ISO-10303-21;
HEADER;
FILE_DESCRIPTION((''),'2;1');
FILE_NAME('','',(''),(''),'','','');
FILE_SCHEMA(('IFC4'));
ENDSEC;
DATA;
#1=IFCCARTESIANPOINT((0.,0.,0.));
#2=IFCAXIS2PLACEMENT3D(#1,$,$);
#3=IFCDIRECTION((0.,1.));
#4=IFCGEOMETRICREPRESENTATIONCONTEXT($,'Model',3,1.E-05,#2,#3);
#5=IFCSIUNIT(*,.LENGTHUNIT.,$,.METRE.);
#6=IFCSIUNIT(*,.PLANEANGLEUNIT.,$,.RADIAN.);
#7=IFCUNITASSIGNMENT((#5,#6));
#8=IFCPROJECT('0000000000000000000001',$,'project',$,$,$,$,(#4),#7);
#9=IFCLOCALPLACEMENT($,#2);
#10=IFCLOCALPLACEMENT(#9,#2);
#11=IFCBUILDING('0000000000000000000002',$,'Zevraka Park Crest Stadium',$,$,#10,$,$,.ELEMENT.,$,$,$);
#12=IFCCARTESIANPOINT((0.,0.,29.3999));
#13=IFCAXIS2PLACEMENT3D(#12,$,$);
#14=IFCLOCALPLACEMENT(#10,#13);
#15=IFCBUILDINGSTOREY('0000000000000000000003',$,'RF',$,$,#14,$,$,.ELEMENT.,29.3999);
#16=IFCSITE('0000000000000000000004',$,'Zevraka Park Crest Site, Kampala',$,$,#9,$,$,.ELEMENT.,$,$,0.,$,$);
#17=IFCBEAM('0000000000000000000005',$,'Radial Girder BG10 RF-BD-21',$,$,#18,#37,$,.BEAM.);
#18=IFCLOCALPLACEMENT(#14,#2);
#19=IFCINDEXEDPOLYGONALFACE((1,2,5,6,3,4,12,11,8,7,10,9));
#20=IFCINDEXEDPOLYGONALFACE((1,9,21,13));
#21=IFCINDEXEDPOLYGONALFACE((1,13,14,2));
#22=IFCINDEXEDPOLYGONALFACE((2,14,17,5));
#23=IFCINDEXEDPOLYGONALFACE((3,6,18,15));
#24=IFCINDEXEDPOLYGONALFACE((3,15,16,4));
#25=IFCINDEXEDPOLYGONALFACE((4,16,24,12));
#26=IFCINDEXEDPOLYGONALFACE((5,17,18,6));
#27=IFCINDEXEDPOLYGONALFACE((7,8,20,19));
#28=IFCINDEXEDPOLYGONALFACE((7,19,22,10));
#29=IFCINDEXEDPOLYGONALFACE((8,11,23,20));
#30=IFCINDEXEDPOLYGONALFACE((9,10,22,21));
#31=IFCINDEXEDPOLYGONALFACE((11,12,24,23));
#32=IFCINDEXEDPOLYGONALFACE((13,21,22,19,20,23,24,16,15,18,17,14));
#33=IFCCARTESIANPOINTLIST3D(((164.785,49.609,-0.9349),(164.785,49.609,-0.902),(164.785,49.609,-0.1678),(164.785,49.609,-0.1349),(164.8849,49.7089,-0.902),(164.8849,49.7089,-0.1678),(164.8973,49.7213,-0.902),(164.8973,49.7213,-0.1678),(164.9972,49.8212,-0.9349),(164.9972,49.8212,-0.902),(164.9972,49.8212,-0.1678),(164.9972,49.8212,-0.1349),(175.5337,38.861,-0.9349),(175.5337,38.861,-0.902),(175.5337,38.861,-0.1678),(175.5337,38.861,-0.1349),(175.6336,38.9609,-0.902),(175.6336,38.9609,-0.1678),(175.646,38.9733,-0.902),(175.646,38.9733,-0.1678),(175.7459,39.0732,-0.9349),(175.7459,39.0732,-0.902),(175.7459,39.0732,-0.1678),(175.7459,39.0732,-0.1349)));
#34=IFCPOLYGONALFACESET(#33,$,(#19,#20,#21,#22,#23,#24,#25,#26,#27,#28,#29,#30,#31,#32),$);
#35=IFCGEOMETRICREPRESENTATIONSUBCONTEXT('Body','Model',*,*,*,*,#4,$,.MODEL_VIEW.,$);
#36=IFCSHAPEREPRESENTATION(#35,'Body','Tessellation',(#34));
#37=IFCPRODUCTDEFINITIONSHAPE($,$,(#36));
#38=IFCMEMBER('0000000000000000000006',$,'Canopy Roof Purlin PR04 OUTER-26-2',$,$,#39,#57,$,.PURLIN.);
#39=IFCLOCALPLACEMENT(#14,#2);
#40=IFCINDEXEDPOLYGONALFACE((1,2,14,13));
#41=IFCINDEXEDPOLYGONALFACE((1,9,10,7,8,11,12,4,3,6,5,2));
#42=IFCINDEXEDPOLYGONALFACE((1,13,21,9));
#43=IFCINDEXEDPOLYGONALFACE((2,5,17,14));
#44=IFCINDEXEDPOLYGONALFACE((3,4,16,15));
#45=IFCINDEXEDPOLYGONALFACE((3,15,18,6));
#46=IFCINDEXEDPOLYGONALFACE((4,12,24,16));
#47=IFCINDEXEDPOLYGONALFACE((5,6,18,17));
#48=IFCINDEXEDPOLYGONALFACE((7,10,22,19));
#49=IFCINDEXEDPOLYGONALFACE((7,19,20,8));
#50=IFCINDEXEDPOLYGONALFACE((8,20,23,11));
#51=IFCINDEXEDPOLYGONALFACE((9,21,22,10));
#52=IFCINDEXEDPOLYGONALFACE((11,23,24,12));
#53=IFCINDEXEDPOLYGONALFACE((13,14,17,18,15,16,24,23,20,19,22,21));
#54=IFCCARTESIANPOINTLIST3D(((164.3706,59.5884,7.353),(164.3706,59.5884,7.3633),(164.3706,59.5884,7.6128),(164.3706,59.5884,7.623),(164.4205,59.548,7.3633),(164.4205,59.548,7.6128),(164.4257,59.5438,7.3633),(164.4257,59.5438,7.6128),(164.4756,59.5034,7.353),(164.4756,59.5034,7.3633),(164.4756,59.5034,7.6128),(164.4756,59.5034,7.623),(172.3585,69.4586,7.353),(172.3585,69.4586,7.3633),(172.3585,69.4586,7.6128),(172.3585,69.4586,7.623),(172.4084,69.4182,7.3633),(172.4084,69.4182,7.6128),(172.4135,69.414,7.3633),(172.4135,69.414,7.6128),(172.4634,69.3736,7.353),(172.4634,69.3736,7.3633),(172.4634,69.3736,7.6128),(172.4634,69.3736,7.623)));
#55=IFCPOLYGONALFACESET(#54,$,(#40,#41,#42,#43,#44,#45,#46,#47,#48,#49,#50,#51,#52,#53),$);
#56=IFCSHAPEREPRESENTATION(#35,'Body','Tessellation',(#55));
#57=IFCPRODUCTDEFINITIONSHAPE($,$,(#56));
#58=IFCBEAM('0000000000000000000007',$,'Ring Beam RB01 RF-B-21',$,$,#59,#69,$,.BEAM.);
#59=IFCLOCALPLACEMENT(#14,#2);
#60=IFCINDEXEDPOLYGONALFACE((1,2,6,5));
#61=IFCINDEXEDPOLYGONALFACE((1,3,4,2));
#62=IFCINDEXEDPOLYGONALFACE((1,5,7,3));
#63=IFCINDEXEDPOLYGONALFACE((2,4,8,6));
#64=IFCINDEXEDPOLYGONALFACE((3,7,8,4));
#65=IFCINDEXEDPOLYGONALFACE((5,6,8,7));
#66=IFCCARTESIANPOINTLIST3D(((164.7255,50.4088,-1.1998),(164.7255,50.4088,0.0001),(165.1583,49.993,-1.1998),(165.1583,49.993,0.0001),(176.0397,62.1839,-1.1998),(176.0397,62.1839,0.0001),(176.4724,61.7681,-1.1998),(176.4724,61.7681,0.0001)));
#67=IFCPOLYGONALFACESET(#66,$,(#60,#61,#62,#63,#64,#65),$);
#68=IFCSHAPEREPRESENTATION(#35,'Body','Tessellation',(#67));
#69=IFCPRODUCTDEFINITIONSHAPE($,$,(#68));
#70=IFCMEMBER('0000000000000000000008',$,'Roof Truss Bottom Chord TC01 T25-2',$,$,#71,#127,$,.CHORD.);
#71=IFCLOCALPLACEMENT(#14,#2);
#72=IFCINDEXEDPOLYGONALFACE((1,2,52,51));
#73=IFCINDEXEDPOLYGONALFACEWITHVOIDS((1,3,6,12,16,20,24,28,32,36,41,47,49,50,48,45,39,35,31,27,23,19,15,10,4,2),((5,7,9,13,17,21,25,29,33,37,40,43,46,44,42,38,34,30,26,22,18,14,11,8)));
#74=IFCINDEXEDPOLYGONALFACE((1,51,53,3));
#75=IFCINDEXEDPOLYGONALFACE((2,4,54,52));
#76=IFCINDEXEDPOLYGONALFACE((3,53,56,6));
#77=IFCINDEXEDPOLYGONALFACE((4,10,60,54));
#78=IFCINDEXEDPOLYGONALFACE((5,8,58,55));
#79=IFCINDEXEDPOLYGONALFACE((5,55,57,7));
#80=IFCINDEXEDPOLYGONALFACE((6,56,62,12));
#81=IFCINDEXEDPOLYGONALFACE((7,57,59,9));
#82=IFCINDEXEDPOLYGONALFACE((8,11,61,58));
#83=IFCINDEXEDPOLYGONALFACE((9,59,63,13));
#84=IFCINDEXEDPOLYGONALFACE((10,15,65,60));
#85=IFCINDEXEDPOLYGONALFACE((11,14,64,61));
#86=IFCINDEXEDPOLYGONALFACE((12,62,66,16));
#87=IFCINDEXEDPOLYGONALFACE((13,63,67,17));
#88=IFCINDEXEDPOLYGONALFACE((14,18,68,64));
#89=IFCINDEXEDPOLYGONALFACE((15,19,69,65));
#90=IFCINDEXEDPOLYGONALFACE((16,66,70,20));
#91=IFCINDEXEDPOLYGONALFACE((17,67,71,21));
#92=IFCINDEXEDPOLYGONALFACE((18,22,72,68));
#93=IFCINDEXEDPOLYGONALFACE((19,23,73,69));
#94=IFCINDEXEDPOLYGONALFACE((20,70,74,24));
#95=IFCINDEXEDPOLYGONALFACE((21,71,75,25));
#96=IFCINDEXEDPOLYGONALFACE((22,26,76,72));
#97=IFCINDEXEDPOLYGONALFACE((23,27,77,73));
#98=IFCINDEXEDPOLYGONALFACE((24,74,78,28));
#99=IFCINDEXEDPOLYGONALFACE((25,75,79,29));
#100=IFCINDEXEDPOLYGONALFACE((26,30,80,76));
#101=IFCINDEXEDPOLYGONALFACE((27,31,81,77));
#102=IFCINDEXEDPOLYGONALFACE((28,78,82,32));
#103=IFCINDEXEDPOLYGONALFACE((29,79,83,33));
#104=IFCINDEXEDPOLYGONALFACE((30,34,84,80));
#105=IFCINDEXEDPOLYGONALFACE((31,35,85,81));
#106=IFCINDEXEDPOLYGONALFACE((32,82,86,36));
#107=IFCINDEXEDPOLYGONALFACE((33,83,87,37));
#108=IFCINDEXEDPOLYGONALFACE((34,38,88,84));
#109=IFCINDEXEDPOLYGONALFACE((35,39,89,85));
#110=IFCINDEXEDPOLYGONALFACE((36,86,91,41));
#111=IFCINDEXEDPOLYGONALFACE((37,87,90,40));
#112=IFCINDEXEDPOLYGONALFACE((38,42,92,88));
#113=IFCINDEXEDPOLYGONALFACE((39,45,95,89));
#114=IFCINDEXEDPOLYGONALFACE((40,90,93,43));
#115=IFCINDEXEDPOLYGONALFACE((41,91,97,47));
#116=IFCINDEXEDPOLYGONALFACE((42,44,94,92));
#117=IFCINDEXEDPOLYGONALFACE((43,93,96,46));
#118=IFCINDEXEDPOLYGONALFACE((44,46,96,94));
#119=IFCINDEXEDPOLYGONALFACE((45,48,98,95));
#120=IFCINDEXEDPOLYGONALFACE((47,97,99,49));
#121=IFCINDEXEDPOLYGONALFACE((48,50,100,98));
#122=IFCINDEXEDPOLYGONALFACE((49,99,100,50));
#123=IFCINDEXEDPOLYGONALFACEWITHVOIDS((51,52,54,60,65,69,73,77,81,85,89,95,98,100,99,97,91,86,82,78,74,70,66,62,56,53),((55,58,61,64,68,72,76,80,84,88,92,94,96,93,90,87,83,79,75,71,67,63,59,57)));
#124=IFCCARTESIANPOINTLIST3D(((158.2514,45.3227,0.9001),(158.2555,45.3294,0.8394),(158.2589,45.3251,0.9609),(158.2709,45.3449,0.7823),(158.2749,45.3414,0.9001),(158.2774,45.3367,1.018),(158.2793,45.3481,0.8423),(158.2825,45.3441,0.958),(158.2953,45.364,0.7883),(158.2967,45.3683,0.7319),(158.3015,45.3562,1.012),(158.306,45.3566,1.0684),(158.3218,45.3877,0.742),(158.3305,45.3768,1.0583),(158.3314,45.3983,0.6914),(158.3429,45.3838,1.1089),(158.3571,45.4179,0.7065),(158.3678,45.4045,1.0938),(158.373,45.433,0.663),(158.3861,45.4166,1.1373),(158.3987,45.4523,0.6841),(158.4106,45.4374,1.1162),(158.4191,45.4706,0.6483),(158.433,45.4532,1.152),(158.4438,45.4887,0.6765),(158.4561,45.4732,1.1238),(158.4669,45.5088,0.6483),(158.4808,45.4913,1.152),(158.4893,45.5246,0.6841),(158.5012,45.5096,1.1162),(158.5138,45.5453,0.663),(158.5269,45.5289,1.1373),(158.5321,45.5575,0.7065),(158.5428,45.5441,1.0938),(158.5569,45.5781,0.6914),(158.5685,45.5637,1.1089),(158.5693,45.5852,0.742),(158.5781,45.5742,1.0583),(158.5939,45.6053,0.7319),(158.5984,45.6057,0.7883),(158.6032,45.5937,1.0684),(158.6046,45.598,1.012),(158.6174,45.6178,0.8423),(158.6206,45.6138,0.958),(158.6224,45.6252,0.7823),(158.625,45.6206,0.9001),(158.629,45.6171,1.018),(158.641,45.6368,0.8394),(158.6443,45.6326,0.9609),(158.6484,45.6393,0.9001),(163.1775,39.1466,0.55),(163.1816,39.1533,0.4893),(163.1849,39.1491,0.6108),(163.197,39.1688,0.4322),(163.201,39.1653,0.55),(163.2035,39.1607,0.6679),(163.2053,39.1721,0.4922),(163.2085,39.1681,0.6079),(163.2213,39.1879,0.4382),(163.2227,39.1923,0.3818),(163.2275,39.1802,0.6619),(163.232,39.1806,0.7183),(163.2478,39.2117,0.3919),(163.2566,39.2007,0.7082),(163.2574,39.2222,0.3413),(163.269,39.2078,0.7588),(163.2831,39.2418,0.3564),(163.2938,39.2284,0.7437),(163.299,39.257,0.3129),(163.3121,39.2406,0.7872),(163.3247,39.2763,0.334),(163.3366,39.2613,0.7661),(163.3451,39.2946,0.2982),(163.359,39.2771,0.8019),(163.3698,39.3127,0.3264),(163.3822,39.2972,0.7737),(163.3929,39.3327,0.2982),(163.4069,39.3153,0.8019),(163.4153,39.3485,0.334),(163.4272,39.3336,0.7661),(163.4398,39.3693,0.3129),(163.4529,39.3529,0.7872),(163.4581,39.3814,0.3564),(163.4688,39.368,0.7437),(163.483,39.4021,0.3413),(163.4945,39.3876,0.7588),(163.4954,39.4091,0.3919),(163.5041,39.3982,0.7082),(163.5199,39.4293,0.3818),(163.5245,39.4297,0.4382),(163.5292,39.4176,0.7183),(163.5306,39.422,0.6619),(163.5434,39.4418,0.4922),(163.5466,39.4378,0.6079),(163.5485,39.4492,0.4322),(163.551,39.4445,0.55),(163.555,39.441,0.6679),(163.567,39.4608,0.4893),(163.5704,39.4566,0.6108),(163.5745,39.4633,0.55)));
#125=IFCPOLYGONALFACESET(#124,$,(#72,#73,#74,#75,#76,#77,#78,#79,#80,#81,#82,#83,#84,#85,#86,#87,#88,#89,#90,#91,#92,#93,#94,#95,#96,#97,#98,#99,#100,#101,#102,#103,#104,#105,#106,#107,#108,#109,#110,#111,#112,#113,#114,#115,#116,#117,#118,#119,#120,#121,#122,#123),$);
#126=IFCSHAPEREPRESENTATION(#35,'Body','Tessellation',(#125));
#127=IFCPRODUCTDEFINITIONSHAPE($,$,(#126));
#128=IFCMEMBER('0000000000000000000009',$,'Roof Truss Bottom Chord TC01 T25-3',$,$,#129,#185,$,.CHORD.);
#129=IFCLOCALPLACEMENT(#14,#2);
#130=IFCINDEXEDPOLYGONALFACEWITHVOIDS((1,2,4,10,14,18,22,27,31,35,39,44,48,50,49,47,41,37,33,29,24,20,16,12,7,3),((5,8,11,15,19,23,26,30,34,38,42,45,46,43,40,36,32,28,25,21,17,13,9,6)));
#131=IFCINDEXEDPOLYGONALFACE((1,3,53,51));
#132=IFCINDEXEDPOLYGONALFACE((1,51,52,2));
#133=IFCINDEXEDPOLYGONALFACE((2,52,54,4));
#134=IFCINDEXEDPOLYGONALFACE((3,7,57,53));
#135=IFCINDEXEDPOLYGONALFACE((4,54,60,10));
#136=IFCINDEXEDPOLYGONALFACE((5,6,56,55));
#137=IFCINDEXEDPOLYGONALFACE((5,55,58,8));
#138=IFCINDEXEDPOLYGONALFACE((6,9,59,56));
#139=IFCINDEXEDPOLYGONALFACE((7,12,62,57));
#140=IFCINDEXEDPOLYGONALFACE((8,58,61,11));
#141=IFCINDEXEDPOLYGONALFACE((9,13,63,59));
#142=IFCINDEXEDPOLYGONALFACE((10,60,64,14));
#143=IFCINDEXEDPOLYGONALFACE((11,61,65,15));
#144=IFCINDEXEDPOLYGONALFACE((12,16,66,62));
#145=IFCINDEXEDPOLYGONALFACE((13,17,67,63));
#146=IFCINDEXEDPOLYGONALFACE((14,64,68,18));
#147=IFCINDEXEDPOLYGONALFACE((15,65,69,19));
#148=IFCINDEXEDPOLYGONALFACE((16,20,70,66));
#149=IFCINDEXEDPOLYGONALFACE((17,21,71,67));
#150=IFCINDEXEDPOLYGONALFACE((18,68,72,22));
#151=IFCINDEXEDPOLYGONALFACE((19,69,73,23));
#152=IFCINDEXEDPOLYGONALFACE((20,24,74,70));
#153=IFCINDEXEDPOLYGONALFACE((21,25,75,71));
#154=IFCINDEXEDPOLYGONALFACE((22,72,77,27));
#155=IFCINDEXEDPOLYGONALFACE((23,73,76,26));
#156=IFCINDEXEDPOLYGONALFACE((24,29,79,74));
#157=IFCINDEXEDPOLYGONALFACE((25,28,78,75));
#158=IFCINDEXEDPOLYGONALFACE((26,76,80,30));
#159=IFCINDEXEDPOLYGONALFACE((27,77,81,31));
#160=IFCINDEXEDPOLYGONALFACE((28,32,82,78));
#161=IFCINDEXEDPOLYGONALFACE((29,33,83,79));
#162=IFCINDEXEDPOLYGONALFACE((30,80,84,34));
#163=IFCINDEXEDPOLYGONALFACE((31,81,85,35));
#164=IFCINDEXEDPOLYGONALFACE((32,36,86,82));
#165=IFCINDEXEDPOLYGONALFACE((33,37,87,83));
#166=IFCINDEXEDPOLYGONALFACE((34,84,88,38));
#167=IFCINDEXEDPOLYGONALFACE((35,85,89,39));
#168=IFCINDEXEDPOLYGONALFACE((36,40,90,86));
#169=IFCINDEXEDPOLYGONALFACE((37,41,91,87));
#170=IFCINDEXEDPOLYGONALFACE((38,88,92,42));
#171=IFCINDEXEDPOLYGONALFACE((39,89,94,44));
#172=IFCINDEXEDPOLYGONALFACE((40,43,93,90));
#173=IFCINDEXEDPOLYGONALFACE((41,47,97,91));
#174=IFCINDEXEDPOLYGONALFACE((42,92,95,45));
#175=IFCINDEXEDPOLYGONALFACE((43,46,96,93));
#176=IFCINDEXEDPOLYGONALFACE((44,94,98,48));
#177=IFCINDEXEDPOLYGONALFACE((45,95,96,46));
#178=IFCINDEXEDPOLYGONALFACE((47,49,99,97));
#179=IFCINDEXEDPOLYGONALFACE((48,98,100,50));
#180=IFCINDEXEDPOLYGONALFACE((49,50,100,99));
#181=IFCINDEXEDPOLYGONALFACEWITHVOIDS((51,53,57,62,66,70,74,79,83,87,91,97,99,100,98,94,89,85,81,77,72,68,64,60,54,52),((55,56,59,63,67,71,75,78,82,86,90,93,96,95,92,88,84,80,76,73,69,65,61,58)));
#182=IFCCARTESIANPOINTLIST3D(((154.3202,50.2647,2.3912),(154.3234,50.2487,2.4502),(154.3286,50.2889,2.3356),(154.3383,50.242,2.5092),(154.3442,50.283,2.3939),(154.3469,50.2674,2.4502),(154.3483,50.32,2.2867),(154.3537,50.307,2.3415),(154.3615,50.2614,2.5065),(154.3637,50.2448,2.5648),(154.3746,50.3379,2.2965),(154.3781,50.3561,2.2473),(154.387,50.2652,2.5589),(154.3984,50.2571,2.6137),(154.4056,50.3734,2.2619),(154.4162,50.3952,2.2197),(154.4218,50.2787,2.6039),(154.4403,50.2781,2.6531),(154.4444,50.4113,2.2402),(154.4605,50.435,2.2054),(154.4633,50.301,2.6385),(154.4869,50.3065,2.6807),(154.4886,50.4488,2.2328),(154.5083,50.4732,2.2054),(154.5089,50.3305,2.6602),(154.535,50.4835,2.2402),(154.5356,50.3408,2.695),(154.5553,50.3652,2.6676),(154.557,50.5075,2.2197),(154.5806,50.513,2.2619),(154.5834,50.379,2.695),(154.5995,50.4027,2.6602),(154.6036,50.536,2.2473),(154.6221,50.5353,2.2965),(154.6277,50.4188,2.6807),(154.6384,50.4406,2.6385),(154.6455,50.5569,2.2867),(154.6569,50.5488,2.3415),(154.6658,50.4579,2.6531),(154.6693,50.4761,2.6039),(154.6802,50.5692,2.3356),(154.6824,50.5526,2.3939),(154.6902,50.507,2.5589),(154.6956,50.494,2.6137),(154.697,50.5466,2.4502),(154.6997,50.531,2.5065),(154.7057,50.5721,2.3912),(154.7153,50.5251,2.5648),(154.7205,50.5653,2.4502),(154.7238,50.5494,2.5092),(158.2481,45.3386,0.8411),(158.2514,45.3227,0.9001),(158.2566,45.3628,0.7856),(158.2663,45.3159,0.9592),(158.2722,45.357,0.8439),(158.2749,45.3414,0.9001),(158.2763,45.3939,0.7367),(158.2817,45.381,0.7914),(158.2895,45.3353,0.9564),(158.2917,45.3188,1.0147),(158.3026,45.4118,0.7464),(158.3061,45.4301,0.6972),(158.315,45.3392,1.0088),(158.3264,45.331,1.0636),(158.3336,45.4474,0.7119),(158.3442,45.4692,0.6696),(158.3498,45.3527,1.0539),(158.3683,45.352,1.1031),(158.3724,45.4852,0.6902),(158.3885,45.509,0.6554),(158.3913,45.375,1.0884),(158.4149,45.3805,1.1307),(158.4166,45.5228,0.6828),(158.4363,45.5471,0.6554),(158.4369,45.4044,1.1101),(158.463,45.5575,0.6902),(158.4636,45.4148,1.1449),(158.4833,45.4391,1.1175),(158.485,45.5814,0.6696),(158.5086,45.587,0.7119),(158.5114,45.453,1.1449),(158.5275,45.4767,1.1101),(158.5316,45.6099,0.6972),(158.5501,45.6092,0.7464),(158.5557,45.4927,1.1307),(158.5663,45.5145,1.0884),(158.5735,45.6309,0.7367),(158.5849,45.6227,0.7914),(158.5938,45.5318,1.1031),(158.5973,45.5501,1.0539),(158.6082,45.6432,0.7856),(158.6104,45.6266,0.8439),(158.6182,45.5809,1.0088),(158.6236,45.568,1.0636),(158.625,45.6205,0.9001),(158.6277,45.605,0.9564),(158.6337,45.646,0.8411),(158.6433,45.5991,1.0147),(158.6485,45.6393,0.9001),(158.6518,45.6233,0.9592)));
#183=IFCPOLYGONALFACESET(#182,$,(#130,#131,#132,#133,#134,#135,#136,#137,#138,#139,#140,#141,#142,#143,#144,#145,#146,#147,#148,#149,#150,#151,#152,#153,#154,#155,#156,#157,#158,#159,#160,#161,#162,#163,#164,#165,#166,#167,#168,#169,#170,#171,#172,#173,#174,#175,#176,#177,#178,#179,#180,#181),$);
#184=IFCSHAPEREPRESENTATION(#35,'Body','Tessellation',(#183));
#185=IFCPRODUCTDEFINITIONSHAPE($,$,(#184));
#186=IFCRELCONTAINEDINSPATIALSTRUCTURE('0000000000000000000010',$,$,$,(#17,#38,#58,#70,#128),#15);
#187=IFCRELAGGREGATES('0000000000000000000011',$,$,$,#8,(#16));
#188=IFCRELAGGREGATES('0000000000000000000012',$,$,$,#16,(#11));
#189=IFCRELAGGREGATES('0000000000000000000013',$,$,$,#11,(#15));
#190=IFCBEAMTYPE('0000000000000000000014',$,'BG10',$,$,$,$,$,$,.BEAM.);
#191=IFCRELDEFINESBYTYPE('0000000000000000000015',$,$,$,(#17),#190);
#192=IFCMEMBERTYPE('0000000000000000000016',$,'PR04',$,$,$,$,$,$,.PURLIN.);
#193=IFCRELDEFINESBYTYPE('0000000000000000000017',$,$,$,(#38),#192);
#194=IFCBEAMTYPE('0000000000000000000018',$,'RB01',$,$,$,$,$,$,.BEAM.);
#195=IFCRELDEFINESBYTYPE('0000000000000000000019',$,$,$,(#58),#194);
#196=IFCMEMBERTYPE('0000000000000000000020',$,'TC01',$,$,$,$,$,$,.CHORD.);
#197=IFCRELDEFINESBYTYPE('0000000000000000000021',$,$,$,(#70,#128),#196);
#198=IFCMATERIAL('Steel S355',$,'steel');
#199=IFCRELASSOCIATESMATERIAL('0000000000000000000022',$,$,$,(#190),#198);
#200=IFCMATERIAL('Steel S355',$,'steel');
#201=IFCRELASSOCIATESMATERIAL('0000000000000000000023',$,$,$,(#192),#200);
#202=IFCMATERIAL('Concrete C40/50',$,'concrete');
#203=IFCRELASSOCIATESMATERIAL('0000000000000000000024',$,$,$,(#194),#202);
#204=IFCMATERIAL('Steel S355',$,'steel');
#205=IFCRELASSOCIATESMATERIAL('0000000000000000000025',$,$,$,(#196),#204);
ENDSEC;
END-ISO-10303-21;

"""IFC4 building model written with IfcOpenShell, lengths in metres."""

from ifc_helpers import new_model, si_unit, direction, frame, origin, origin_2d, place, context, subcontext, project, spatial, rectangle, hollow_circle, i_section, extrude, material, material_profile, profile_set, type_object, element, save


model = new_model("IFC4")

# Units and contexts
model_context = context("Model", 3, precision=1e-05, world=origin(), true_north=direction((0.0, 1.0)))
body_context = subcontext(model_context, "Body", "Model", "MODEL_VIEW")
ifc_project = project(units=[si_unit("LENGTHUNIT", "METRE"), si_unit("PLANEANGLEUNIT", "RADIAN")], contexts=[model_context])

# Site, building, storey
site_placement = place(None, origin())
site = spatial("IfcSite", under=ifc_project, at=site_placement, Name="Zevraka Park Crest Site, Kampala", CompositionType="ELEMENT", RefElevation=0.0)
building_placement = place(site_placement, origin())
building = spatial("IfcBuilding", under=site, at=building_placement, Name="Zevraka Park Crest Stadium", CompositionType="ELEMENT")
storey_placement = place(building_placement, frame((0.0, 0.0, 29.3999)))
storey = spatial("IfcBuildingStorey", under=building, at=storey_placement, Name="RF", CompositionType="ELEMENT", Elevation=29.3999)

# Beam
ifc_material_1 = material(Name="Steel S355", Category="steel")
ifc_material_profile_1 = material_profile(ifc_material_1, i_section(OverallWidth=0.3, OverallDepth=0.8, WebThickness=0.0176, FlangeThickness=0.033, at=origin_2d()), Name="HEB 800")
ifc_profile_set_1 = profile_set([ifc_material_profile_1], Name="Steel S355")
beam_type_1 = type_object("IfcBeamType", Name="BG10", PredefinedType="BEAM", material=ifc_profile_set_1)
beam_1_placement = place(storey_placement, frame((164.8911, 49.7151, -0.5349), z_axis=(0.707131, -0.707083, 0.0), x_axis=(0.707083, 0.707131, 0.0)))
element("IfcBeam", 1, at=beam_1_placement, inside=storey, type_object=beam_type_1, Name="Radial Girder BG10 RF-BD-21", PredefinedType="BEAM", context=body_context, shape_type="SweptSolid", body=[
    extrude(i_section(OverallWidth=0.3, OverallDepth=0.8, WebThickness=0.0176, FlangeThickness=0.033, at=origin_2d()), origin(), (0.0, 0.0, 1.0), 15.2004),
])

# Member
ifc_material_2 = material(Name="Steel S355", Category="steel")
ifc_material_profile_2 = material_profile(ifc_material_2, i_section(OverallWidth=0.135, OverallDepth=0.27, WebThickness=0.0066, FlangeThickness=0.0103, at=origin_2d()), Name="IPE 270")
ifc_profile_set_2 = profile_set([ifc_material_profile_2], Name="Steel S355")
member_type_1 = type_object("IfcMemberType", Name="PR04", PredefinedType="PURLIN", material=ifc_profile_set_2)
member_1_placement = place(storey_placement, frame((164.4231, 59.5459, 7.488), z_axis=(0.629089, 0.777334, 0.0), x_axis=(-0.777334, 0.629089, 0.0)))
element("IfcMember", 2, at=member_1_placement, inside=storey, type_object=member_type_1, Name="Canopy Roof Purlin PR04 OUTER-26-2", PredefinedType="PURLIN", context=body_context, shape_type="SweptSolid", body=[
    extrude(i_section(OverallWidth=0.135, OverallDepth=0.27, WebThickness=0.0066, FlangeThickness=0.0103, at=origin_2d()), origin(), (0.0, 0.0, 1.0), 12.6975),
])

# Beam
ifc_material_3 = material(Name="Concrete C40/50", Category="concrete")
ifc_material_profile_3 = material_profile(ifc_material_3, rectangle(XDim=0.6001, YDim=1.2, at=origin_2d()), Name="RC 1200x600")
ifc_profile_set_3 = profile_set([ifc_material_profile_3], Name="Concrete C40/50")
beam_type_2 = type_object("IfcBeamType", Name="RB01", PredefinedType="BEAM", material=ifc_profile_set_3)
beam_2_placement = place(storey_placement, frame((164.9419, 50.2009, -0.5999), z_axis=(0.692853, 0.721079, 0.0), x_axis=(-0.721079, 0.692853, 0.0)))
element("IfcBeam", 3, at=beam_2_placement, inside=storey, type_object=beam_type_2, Name="Ring Beam RB01 RF-B-21", PredefinedType="BEAM", context=body_context, shape_type="SweptSolid", body=[
    extrude(rectangle(XDim=0.6001, YDim=1.2, at=origin_2d()), origin(), (0.0, 0.0, 1.0), 16.3298),
])

# Members
ifc_material_4 = material(Name="Steel S355", Category="steel")
ifc_material_profile_4 = material_profile(ifc_material_4, hollow_circle(Radius=0.2539, WallThickness=0.03, at=origin_2d()), Name="CHS 508.0x30")
ifc_profile_set_4 = profile_set([ifc_material_profile_4], Name="Steel S355")
member_type_2 = type_object("IfcMemberType", Name="TC01", PredefinedType="CHORD", material=ifc_profile_set_4)
member_2_placement = place(storey_placement, frame((163.376, 39.3049, 0.55), z_axis=(-0.622941, 0.781015, 0.044273), x_axis=(-0.781782, -0.623552, 0.0)))
element("IfcMember", 4, at=member_2_placement, inside=storey, type_object=member_type_2, Name="Roof Truss Bottom Chord TC01 T25-2", PredefinedType="CHORD", context=body_context, shape_type="SweptSolid", body=[
    extrude(hollow_circle(Radius=0.2539, WallThickness=0.03, at=origin_2d()), origin(), (0.0, 0.0, 1.0), 7.9077),
])
member_3_placement = place(storey_placement, frame((158.45, 45.481, 0.9001), z_axis=(-0.605399, 0.759222, 0.238901), x_axis=(-0.781862, -0.623451, 0.0)))
element("IfcMember", 5, at=member_3_placement, inside=storey, type_object=member_type_2, Name="Roof Truss Bottom Chord TC01 T25-3", PredefinedType="CHORD", context=body_context, shape_type="SweptSolid", body=[
    extrude(hollow_circle(Radius=0.2539, WallThickness=0.03, at=origin_2d()), origin(), (0.0, 0.0, 1.0), 6.4883),
])

save(model, "model.ifc")
